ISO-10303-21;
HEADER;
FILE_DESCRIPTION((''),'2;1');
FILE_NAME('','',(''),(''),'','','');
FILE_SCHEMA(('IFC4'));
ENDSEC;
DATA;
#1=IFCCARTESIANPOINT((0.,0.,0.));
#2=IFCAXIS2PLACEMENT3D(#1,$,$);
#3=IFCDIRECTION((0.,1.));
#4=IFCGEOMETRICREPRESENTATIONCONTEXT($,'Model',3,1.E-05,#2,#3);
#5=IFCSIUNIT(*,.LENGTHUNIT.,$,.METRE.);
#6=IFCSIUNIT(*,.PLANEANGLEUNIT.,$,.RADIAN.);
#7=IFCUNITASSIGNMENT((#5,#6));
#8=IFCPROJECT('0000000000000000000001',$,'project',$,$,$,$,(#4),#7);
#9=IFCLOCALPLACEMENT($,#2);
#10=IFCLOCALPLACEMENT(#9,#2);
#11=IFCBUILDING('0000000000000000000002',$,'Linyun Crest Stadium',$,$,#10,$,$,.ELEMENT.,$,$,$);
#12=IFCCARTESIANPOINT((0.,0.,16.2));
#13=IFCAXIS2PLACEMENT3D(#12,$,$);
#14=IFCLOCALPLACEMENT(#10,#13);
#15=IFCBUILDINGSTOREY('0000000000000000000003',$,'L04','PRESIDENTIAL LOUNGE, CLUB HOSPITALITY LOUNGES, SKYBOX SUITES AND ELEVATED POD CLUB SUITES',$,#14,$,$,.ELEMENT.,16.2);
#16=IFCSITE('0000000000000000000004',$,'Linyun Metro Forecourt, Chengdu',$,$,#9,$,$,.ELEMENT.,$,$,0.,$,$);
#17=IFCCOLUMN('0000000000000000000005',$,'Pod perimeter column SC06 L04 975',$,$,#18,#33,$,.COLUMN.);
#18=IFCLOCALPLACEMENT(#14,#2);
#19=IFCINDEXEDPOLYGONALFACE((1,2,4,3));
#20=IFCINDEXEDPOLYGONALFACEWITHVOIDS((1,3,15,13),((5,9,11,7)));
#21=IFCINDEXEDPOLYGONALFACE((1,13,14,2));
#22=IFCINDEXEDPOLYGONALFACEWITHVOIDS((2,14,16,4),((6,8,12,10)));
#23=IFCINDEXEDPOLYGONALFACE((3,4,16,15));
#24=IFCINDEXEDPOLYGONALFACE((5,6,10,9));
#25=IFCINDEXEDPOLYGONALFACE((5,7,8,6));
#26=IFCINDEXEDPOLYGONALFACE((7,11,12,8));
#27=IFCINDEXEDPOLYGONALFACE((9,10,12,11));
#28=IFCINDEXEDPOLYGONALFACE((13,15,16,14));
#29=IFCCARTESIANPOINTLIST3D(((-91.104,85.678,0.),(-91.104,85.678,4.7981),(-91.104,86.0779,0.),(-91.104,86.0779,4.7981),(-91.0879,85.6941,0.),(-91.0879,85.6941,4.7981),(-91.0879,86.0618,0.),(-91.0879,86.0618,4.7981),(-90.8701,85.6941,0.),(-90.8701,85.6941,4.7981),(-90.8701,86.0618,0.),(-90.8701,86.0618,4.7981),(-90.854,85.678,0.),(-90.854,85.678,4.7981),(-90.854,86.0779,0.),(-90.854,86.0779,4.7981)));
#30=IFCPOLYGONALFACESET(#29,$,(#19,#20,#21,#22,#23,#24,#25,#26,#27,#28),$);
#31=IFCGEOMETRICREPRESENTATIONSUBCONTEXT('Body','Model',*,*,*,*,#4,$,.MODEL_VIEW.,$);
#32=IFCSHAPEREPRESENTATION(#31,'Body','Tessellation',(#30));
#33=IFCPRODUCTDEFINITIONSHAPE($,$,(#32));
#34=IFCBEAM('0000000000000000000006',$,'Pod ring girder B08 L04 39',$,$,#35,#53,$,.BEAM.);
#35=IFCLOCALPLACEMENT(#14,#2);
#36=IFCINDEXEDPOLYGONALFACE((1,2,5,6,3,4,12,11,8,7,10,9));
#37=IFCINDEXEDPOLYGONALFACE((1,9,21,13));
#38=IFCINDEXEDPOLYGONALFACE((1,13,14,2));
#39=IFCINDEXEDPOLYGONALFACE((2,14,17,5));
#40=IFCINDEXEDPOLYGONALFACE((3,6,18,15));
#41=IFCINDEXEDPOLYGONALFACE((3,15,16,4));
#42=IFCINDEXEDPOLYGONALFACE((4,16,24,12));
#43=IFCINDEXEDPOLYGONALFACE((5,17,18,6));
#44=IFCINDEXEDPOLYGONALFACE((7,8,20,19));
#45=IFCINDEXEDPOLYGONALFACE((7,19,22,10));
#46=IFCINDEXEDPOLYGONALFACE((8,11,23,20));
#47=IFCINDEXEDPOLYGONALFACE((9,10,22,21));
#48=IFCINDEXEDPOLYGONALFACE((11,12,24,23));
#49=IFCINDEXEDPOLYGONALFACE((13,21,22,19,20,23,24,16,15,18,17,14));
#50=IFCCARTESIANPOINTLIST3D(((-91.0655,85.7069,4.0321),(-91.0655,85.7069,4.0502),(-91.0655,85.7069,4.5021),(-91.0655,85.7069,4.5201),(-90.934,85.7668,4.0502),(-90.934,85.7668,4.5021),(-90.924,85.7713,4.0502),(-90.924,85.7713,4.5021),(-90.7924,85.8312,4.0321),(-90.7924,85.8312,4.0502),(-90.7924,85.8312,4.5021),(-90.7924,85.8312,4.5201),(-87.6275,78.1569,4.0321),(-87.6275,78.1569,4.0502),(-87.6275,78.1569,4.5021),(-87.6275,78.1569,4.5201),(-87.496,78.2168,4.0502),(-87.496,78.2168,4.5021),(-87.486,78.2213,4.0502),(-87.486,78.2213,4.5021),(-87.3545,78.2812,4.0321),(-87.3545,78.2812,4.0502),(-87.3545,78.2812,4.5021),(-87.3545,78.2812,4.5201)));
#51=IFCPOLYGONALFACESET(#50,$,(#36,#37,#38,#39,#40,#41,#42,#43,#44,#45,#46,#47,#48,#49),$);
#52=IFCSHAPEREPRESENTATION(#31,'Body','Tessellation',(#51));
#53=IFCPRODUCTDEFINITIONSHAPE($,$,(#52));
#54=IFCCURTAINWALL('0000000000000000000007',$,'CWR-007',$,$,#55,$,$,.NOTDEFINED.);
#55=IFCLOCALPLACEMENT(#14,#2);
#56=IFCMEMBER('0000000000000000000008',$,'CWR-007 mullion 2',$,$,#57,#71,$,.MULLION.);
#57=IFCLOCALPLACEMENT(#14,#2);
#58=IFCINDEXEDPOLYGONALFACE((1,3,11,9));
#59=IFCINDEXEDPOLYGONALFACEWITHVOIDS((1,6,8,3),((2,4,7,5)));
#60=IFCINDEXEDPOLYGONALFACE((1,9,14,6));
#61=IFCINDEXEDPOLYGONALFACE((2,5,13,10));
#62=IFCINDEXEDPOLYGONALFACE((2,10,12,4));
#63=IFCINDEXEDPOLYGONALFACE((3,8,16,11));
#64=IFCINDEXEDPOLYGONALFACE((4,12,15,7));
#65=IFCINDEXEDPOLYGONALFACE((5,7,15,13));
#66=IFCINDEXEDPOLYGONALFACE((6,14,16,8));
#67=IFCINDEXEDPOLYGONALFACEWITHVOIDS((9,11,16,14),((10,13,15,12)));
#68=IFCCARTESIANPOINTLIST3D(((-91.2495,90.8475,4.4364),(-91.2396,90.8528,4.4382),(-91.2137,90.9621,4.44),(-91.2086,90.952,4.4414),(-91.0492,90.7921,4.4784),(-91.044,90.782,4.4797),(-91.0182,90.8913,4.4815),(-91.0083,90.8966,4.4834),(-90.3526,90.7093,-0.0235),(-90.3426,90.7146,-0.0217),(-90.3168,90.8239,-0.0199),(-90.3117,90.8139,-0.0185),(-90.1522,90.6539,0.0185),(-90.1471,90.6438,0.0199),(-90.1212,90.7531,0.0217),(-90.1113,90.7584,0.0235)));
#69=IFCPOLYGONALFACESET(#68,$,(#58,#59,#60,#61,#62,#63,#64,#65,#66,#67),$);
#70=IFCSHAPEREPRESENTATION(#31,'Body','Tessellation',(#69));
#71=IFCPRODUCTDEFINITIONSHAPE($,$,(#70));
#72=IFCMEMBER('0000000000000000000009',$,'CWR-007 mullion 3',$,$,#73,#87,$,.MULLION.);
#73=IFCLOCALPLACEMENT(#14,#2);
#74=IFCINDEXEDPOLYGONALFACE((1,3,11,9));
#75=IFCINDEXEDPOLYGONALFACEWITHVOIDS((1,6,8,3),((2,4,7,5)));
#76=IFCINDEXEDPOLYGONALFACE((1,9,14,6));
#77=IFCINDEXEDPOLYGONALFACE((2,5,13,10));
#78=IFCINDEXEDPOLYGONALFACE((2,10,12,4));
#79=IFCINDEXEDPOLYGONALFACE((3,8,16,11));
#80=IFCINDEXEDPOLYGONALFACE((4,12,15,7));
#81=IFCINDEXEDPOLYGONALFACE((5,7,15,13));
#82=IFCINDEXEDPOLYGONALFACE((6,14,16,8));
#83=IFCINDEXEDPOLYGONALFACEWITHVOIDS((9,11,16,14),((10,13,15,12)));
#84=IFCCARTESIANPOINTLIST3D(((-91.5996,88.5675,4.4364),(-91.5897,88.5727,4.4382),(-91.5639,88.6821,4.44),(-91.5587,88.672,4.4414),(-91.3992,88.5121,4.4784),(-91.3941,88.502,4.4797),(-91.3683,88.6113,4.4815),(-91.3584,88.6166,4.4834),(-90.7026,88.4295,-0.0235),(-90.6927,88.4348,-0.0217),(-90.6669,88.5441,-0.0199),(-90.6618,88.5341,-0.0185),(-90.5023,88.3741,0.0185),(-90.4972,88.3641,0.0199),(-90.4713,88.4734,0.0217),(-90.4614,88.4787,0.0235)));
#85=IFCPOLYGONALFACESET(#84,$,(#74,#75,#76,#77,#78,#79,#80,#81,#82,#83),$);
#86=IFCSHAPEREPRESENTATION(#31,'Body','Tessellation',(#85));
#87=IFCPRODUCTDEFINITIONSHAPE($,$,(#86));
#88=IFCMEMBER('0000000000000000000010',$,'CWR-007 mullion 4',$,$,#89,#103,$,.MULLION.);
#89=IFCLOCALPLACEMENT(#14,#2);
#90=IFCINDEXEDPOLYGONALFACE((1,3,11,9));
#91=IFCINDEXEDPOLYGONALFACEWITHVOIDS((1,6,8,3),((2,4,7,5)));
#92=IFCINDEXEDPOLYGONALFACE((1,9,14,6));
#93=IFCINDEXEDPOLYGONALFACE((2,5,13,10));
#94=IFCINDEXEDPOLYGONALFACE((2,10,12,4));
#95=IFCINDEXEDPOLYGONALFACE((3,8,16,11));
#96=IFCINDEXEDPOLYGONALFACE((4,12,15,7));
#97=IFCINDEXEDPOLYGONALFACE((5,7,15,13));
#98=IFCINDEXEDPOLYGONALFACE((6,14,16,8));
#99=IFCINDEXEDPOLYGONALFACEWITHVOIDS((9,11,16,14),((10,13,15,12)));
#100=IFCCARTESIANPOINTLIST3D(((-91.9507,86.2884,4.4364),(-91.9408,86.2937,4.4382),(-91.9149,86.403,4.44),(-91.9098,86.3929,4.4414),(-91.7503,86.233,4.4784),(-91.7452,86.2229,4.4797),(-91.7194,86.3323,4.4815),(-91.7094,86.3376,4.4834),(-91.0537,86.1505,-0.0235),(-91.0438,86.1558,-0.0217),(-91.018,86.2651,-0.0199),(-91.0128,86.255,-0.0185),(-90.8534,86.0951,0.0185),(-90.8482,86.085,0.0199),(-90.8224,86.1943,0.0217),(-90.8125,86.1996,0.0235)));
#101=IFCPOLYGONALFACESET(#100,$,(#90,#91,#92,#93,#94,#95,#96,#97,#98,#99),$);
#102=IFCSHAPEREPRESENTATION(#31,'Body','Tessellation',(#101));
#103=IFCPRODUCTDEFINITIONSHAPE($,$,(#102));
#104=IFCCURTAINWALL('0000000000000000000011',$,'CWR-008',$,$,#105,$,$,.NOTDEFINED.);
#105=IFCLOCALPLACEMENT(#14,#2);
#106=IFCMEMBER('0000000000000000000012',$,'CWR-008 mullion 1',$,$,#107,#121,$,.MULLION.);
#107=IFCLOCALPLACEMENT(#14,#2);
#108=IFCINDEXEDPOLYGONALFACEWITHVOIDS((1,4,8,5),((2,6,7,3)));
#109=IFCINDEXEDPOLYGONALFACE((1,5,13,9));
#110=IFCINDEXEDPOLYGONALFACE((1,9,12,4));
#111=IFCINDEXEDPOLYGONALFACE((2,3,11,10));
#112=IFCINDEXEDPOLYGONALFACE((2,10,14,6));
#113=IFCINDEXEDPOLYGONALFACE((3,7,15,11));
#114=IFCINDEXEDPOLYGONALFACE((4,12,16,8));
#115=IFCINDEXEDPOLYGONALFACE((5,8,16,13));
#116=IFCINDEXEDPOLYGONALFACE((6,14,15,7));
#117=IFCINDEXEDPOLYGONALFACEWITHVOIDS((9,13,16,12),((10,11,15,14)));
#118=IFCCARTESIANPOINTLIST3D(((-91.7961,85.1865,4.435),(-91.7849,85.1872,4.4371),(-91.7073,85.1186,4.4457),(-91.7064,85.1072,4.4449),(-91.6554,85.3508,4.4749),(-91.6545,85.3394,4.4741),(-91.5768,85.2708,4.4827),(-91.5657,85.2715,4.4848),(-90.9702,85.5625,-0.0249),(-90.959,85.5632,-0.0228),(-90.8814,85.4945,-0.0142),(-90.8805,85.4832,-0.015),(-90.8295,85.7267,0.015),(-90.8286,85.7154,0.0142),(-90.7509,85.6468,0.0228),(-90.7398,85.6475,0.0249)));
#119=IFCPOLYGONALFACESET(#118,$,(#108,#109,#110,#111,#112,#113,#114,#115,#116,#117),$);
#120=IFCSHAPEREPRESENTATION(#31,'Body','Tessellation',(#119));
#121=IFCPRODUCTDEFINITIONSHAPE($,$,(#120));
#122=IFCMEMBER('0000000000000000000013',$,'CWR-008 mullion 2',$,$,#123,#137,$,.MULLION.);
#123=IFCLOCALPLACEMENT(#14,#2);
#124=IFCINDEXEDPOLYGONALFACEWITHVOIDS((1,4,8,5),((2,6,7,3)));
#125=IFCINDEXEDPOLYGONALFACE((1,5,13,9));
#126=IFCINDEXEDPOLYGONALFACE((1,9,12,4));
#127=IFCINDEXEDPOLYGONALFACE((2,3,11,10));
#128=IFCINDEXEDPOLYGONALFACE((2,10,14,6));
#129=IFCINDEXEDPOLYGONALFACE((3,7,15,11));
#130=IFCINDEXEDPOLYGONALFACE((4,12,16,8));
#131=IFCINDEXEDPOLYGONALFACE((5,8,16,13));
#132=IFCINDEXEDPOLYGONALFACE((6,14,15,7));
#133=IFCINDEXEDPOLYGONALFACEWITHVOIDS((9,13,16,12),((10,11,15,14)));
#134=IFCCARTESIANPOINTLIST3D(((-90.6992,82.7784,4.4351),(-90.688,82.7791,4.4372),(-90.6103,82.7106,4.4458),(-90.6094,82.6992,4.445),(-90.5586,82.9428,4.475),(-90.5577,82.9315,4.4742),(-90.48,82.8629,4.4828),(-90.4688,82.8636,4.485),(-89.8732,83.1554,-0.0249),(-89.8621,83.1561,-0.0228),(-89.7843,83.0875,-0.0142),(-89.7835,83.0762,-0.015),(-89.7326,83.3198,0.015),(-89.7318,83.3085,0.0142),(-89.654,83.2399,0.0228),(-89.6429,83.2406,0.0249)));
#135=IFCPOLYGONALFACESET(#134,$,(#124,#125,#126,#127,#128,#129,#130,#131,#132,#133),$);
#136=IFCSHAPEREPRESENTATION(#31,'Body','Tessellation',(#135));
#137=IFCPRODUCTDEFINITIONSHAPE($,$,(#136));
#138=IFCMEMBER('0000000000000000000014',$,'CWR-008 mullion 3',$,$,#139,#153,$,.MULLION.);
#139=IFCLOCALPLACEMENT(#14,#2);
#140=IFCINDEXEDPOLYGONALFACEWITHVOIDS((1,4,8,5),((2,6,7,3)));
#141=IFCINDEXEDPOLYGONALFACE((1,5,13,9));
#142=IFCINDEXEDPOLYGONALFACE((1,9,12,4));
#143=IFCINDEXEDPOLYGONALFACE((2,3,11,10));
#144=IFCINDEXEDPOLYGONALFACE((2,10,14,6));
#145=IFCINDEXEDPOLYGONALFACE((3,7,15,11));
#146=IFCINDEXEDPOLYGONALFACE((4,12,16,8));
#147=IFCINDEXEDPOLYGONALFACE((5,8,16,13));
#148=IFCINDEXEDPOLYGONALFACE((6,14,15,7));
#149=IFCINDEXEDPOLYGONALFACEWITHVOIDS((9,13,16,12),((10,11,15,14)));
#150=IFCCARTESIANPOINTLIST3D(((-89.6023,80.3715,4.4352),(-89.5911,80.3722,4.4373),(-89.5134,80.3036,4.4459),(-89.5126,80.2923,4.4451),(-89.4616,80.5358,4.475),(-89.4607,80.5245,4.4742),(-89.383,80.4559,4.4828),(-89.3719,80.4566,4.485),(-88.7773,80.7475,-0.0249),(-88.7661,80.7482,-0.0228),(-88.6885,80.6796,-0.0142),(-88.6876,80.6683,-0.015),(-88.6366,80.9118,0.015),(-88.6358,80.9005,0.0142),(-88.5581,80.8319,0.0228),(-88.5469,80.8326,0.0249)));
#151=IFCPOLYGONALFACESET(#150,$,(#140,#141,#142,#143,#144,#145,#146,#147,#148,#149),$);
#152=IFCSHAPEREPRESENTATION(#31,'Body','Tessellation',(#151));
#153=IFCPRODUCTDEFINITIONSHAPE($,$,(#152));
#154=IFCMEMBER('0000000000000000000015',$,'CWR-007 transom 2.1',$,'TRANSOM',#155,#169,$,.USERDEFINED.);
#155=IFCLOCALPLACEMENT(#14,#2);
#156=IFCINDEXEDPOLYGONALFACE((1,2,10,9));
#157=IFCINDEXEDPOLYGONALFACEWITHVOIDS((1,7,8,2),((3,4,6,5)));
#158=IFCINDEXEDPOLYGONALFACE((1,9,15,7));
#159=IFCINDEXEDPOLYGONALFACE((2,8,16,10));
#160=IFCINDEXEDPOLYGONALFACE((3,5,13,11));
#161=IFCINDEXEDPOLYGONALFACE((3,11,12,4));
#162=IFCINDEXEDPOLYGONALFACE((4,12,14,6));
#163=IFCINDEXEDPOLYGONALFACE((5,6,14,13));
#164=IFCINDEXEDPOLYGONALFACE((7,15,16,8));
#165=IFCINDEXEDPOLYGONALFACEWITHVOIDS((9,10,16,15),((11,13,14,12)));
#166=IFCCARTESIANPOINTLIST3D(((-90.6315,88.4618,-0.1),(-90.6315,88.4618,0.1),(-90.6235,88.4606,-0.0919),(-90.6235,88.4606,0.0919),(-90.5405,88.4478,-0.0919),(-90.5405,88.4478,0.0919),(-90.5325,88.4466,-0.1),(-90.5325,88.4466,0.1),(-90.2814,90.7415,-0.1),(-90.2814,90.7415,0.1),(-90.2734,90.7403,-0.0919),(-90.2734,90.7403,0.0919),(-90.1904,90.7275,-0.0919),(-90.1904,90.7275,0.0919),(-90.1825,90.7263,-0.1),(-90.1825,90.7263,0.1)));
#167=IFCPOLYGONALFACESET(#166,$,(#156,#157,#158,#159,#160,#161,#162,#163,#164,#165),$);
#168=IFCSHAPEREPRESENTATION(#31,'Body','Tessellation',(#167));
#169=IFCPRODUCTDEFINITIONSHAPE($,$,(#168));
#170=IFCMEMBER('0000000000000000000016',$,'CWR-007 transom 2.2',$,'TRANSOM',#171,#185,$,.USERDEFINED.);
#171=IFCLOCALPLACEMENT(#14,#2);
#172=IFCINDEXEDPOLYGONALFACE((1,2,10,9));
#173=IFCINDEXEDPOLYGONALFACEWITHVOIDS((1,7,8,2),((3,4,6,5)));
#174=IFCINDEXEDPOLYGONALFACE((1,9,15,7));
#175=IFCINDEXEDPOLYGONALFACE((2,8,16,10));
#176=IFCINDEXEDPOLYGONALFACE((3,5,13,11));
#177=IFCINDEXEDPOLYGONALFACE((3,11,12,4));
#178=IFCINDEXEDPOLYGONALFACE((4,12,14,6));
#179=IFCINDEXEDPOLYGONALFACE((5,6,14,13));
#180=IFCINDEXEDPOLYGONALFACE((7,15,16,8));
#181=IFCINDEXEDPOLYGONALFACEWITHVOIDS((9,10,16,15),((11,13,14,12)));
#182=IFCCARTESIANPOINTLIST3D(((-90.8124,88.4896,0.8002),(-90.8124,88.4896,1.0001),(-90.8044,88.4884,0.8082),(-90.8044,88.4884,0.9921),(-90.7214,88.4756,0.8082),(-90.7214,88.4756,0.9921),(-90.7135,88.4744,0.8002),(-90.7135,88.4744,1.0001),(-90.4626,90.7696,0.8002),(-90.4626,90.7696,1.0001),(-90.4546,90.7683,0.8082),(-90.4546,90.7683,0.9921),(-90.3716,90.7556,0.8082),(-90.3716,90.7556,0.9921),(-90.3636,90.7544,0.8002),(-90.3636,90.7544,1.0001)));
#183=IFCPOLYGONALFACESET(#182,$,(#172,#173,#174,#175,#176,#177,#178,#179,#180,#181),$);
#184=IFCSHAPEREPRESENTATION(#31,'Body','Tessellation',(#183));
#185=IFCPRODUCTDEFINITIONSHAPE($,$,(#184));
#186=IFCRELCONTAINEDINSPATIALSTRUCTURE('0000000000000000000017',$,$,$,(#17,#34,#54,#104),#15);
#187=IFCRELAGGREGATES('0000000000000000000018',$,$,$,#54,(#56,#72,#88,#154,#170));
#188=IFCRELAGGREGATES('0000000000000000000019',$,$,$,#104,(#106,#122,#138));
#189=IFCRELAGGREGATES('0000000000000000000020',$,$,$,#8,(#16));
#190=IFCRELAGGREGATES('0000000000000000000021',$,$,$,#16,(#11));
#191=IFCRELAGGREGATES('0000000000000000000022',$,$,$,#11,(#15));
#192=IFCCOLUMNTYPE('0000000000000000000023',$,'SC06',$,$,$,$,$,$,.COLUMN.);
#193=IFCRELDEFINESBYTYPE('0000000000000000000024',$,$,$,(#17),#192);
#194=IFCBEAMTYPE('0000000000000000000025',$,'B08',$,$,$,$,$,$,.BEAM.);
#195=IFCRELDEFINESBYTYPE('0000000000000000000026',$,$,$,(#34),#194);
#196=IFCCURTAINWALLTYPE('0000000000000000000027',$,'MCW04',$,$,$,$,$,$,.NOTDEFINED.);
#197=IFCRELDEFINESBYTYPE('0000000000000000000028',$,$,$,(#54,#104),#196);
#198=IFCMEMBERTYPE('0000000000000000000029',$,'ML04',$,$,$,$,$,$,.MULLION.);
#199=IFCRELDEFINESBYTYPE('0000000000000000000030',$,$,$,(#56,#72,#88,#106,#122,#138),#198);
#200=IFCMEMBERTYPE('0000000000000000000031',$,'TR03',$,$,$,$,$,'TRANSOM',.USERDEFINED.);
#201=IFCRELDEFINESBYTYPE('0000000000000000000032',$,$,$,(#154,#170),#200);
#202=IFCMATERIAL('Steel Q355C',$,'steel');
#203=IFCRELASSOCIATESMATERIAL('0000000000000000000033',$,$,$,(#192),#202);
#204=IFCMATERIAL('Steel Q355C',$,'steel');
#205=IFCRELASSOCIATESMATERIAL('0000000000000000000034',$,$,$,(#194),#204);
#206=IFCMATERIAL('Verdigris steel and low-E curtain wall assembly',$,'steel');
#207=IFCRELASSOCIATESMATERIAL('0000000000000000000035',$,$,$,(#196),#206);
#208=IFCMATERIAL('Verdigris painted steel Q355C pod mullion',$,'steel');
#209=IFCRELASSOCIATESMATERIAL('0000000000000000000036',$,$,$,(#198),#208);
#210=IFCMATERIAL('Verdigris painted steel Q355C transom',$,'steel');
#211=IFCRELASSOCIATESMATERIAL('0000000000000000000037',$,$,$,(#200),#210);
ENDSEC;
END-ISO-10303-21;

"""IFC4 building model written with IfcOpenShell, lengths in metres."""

from ifc_helpers import new_model, si_unit, direction, frame, origin, origin_2d, place, context, subcontext, project, spatial, hollow_rectangle, i_section, extrude, material, material_profile, profile_set, type_object, element, aggregate, save


model = new_model("IFC4")

# Units and contexts
model_context = context("Model", 3, precision=1e-05, world=origin(), true_north=direction((0.0, 1.0)))
body_context = subcontext(model_context, "Body", "Model", "MODEL_VIEW")
ifc_project = project(units=[si_unit("LENGTHUNIT", "METRE"), si_unit("PLANEANGLEUNIT", "RADIAN")], contexts=[model_context])

# Site, building, storey
site_placement = place(None, origin())
site = spatial("IfcSite", under=ifc_project, at=site_placement, Name="Linyun Metro Forecourt, Chengdu", CompositionType="ELEMENT", RefElevation=0.0)
building_placement = place(site_placement, origin())
building = spatial("IfcBuilding", under=site, at=building_placement, Name="Linyun Crest Stadium", CompositionType="ELEMENT")
storey_placement = place(building_placement, frame((0.0, 0.0, 16.2)))
storey = spatial("IfcBuildingStorey", under=building, at=storey_placement, Name="L04", Description="PRESIDENTIAL LOUNGE, CLUB HOSPITALITY LOUNGES, SKYBOX SUITES AND ELEVATED POD CLUB SUITES", CompositionType="ELEMENT", Elevation=16.2)

# Column
ifc_material_1 = material(Name="Steel Q355C", Category="steel")
ifc_material_profile_1 = material_profile(ifc_material_1, hollow_rectangle(XDim=0.25, YDim=0.3999, WallThickness=0.0161, at=origin_2d()), Name="RHS 400x250x16")
ifc_profile_set_1 = profile_set([ifc_material_profile_1], Name="Steel Q355C")
column_type = type_object("IfcColumnType", Name="SC06", PredefinedType="COLUMN", material=ifc_profile_set_1)
column_placement = place(storey_placement, frame((-90.979, 85.8779, 0.0), z_axis=(0.0, 0.0, 1.0), x_axis=(1.0, 0.0, 0.0)))
element("IfcColumn", 1, at=column_placement, inside=storey, type_object=column_type, Name="Pod perimeter column SC06 L04 975", PredefinedType="COLUMN", context=body_context, shape_type="SweptSolid", body=[
    extrude(hollow_rectangle(XDim=0.25, YDim=0.3999, WallThickness=0.0161, at=origin_2d()), origin(), (0.0, 0.0, 1.0), 4.7981),
])

# Beam
ifc_material_2 = material(Name="Steel Q355C", Category="steel")
ifc_material_profile_2 = material_profile(ifc_material_2, i_section(OverallWidth=0.3, OverallDepth=0.488, WebThickness=0.011, FlangeThickness=0.0181, at=origin_2d()), Name="HM 488x300")
ifc_profile_set_2 = profile_set([ifc_material_profile_2], Name="Steel Q355C")
beam_type = type_object("IfcBeamType", Name="B08", PredefinedType="BEAM", material=ifc_profile_set_2)
beam_placement = place(storey_placement, frame((-90.929, 85.769, 4.2761), z_axis=(0.414417, -0.910087, 0.0), x_axis=(0.910087, 0.414417, 0.0)))
element("IfcBeam", 2, at=beam_placement, inside=storey, type_object=beam_type, Name="Pod ring girder B08 L04 39", PredefinedType="BEAM", context=body_context, shape_type="SweptSolid", body=[
    extrude(i_section(OverallWidth=0.3, OverallDepth=0.488, WebThickness=0.011, FlangeThickness=0.0181, at=origin_2d()), origin(), (0.0, 0.0, 1.0), 8.2959),
])

# Curtain walls, members
ifc_material_3 = material(Name="Verdigris steel and low-E curtain wall assembly", Category="steel")
curtain_wall_type = type_object("IfcCurtainWallType", Name="MCW04", PredefinedType="NOTDEFINED", material=ifc_material_3)
curtain_wall_1_placement = place(storey_placement, origin())
curtain_wall_1 = element("IfcCurtainWall", 3, at=curtain_wall_1_placement, inside=storey, type_object=curtain_wall_type, Name="CWR-007", PredefinedType="NOTDEFINED")
ifc_material_4 = material(Name="Verdigris painted steel Q355C pod mullion", Category="steel")
ifc_material_profile_3 = material_profile(ifc_material_4, hollow_rectangle(XDim=0.1201, YDim=0.22, WallThickness=0.0081, at=origin_2d()), Name="RHS 220x120x8")
ifc_profile_set_3 = profile_set([ifc_material_profile_3], Name="Verdigris painted steel Q355C pod mullion")
member_type_1 = type_object("IfcMemberType", Name="ML04", PredefinedType="MULLION", material=ifc_profile_set_3)
member_1_placement = place(storey_placement, frame((-90.2319, 90.7339, 0.0), z_axis=(-0.197078, 0.030361, 0.979918), x_axis=(-0.297818, -0.954141, -0.030334)))
member_1 = element("IfcMember", 4, at=member_1_placement, type_object=member_type_1, Name="CWR-007 mullion 2", PredefinedType="MULLION", context=body_context, shape_type="SweptSolid", body=[
    extrude(hollow_rectangle(XDim=0.1201, YDim=0.22, WallThickness=0.0081, at=origin_2d()), origin(), (0.0, 0.0, 1.0), 4.5513),
])
member_2_placement = place(storey_placement, frame((-90.582, 88.4541, 0.0), z_axis=(-0.197078, 0.030307, 0.979919), x_axis=(-0.297564, -0.95422, -0.030333)))
member_2 = element("IfcMember", 5, at=member_2_placement, type_object=member_type_1, Name="CWR-007 mullion 3", PredefinedType="MULLION", context=body_context, shape_type="SweptSolid", body=[
    extrude(hollow_rectangle(XDim=0.1201, YDim=0.22, WallThickness=0.0081, at=origin_2d()), origin(), (0.0, 0.0, 1.0), 4.5513),
])
member_3_placement = place(storey_placement, frame((-90.9331, 86.175, 0.0), z_axis=(-0.197078, 0.030307, 0.979919), x_axis=(-0.297564, -0.95422, -0.030333)))
member_3 = element("IfcMember", 6, at=member_3_placement, type_object=member_type_1, Name="CWR-007 mullion 4", PredefinedType="MULLION", context=body_context, shape_type="SweptSolid", body=[
    extrude(hollow_rectangle(XDim=0.1201, YDim=0.22, WallThickness=0.0081, at=origin_2d()), origin(), (0.0, 0.0, 1.0), 4.5513),
])
curtain_wall_2_placement = place(storey_placement, origin())
curtain_wall_2 = element("IfcCurtainWall", 7, at=curtain_wall_2_placement, inside=storey, type_object=curtain_wall_type, Name="CWR-008", PredefinedType="NOTDEFINED")
member_4_placement = place(storey_placement, frame((-90.855, 85.605, 0.0), z_axis=(-0.181469, -0.082608, 0.979921), x_axis=(0.746743, -0.659957, 0.082653)))
member_4 = element("IfcMember", 8, at=member_4_placement, type_object=member_type_1, Name="CWR-008 mullion 1", PredefinedType="MULLION", context=body_context, shape_type="SweptSolid", body=[
    extrude(hollow_rectangle(XDim=0.1201, YDim=0.22, WallThickness=0.0081, at=origin_2d()), origin(), (0.0, 0.0, 1.0), 4.5513),
])
member_5_placement = place(storey_placement, frame((-89.7581, 83.198, 0.0), z_axis=(-0.181466, -0.082821, 0.979904), x_axis=(0.747382, -0.659229, 0.082688)))
member_5 = element("IfcMember", 9, at=member_5_placement, type_object=member_type_1, Name="CWR-008 mullion 2", PredefinedType="MULLION", context=body_context, shape_type="SweptSolid", body=[
    extrude(hollow_rectangle(XDim=0.1201, YDim=0.22, WallThickness=0.0081, at=origin_2d()), origin(), (0.0, 0.0, 1.0), 4.5515),
])
member_6_placement = place(storey_placement, frame((-88.6621, 80.79, 0.0), z_axis=(-0.181261, -0.082611, 0.979959), x_axis=(0.747052, -0.659617, 0.082575)))
member_6 = element("IfcMember", 10, at=member_6_placement, type_object=member_type_1, Name="CWR-008 mullion 3", PredefinedType="MULLION", context=body_context, shape_type="SweptSolid", body=[
    extrude(hollow_rectangle(XDim=0.1201, YDim=0.22, WallThickness=0.0081, at=origin_2d()), origin(), (0.0, 0.0, 1.0), 4.5513),
])

# Members
ifc_material_5 = material(Name="Verdigris painted steel Q355C transom", Category="steel")
ifc_material_profile_4 = material_profile(ifc_material_5, hollow_rectangle(XDim=0.1001, YDim=0.2, WallThickness=0.0081, at=origin_2d()), Name="RHS 200x100x8")
ifc_profile_set_4 = profile_set([ifc_material_profile_4], Name="Verdigris painted steel Q355C transom")
member_type_2 = type_object("IfcMemberType", Name="TR03", ElementType="TRANSOM", PredefinedType="USERDEFINED", material=ifc_profile_set_4)
member_7_placement = place(storey_placement, frame((-90.2319, 90.7339, 0.0), z_axis=(-0.151787, -0.988413, 0.0), x_axis=(0.988413, -0.151787, 0.0)))
member_7 = element("IfcMember", 11, at=member_7_placement, type_object=member_type_2, Name="CWR-007 transom 2.1", ObjectType="TRANSOM", PredefinedType="USERDEFINED", context=body_context, shape_type="SweptSolid", body=[
    extrude(hollow_rectangle(XDim=0.1001, YDim=0.2, WallThickness=0.0081, at=origin_2d()), origin(), (0.0, 0.0, 1.0), 2.3064),
])
member_8_placement = place(storey_placement, frame((-90.4131, 90.762, 0.9001), z_axis=(-0.151667, -0.988432, 0.0), x_axis=(0.988432, -0.151667, 0.0)))
member_8 = element("IfcMember", 12, at=member_8_placement, type_object=member_type_2, Name="CWR-007 transom 2.2", ObjectType="TRANSOM", PredefinedType="USERDEFINED", context=body_context, shape_type="SweptSolid", body=[
    extrude(hollow_rectangle(XDim=0.1001, YDim=0.2, WallThickness=0.0081, at=origin_2d()), origin(), (0.0, 0.0, 1.0), 2.3066),
])

aggregate(curtain_wall_1, [member_1, member_2, member_3, member_7, member_8])
aggregate(curtain_wall_2, [member_4, member_5, member_6])

save(model, "model.ifc")
